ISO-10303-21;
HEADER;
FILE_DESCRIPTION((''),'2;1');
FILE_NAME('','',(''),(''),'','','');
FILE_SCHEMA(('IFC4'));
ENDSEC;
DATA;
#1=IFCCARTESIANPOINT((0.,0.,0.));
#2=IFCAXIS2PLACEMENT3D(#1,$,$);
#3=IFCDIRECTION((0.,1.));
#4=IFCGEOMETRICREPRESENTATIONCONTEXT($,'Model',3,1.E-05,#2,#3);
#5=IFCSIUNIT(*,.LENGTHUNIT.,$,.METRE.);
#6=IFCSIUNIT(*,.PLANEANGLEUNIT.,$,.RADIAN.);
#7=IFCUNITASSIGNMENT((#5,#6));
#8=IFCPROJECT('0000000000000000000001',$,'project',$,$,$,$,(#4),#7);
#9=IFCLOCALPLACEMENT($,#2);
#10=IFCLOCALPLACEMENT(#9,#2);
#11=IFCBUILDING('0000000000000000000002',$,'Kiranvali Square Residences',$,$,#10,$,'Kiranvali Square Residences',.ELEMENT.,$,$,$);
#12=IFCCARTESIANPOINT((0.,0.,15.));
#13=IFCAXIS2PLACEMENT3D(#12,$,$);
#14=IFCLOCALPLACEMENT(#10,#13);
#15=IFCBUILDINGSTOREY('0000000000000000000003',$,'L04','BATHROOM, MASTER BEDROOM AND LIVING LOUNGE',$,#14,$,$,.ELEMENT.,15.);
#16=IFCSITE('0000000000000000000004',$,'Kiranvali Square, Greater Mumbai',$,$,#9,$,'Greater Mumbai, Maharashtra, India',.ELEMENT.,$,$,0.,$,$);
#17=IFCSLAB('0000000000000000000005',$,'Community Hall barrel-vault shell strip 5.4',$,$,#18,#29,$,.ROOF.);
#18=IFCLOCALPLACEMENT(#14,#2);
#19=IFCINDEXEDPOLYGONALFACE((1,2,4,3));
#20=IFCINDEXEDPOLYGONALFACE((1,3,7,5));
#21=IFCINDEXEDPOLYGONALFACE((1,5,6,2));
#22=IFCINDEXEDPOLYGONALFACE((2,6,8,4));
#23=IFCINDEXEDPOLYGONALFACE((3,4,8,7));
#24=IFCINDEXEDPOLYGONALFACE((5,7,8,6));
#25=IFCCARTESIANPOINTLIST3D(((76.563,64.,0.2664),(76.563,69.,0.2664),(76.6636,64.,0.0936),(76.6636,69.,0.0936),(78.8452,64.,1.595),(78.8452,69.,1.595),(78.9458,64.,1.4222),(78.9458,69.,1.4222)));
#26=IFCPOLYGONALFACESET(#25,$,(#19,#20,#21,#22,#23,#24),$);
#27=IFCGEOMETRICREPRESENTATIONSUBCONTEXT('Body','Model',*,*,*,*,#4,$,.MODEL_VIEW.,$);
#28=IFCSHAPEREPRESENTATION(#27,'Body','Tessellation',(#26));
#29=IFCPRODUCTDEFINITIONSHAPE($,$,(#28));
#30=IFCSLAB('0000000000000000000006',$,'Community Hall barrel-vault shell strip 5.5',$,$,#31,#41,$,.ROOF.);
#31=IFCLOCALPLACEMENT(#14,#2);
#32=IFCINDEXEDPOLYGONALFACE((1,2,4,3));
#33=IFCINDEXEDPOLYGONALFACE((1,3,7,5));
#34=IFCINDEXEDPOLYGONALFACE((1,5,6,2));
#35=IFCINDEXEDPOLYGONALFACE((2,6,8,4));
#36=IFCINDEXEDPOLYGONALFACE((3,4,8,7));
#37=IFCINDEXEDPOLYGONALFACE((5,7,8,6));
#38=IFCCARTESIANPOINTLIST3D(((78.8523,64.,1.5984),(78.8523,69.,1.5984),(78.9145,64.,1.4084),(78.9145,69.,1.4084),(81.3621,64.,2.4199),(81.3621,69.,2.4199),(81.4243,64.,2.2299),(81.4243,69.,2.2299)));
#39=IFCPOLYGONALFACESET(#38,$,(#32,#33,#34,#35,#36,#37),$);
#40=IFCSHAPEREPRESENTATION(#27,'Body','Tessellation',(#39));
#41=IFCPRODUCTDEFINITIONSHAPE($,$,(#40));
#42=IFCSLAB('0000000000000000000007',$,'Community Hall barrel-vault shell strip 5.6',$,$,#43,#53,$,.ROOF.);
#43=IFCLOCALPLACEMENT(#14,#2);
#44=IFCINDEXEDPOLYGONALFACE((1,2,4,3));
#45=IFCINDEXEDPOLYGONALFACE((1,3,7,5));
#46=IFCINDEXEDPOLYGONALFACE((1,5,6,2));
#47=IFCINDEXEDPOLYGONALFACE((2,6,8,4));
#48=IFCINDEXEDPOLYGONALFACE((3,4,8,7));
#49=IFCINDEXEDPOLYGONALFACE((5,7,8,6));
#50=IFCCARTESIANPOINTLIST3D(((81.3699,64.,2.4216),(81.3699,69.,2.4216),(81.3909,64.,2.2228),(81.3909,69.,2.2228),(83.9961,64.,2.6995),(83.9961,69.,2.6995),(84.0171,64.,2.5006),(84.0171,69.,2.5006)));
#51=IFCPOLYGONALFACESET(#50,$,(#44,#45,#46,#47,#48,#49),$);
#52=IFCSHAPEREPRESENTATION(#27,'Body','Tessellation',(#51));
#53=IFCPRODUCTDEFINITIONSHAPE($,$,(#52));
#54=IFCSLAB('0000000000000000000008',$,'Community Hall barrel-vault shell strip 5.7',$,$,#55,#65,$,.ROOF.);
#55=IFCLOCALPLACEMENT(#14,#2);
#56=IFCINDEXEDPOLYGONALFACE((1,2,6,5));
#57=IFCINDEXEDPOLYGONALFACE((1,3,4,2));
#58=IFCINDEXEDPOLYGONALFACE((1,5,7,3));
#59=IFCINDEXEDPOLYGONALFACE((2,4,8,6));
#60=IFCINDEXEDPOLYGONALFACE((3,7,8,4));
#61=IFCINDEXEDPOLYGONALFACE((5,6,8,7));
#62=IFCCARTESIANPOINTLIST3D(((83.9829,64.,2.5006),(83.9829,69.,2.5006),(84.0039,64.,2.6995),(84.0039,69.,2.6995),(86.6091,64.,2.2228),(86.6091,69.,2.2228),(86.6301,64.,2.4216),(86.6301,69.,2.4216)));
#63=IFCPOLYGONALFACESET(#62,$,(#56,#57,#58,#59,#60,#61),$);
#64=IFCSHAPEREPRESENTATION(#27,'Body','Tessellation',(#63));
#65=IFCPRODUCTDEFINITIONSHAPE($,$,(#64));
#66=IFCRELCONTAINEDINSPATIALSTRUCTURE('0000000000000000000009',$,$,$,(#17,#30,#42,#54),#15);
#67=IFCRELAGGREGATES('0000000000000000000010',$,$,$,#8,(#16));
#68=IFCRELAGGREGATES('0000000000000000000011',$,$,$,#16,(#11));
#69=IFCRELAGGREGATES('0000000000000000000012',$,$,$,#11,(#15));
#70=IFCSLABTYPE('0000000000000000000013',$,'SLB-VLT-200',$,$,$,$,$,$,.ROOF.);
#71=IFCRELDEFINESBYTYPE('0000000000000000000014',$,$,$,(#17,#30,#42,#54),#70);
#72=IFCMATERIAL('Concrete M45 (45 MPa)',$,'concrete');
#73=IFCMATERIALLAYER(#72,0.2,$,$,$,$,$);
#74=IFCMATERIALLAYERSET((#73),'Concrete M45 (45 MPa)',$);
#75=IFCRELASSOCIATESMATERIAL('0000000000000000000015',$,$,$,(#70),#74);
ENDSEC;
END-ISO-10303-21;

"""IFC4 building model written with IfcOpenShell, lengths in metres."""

from ifc_helpers import new_model, si_unit, direction, frame, origin, place, context, subcontext, project, spatial, polyline, outline, extrude, material, layer, layer_set, type_object, element, save


model = new_model("IFC4")

# Units and contexts
model_context = context("Model", 3, precision=1e-05, world=origin(), true_north=direction((0.0, 1.0)))
body_context = subcontext(model_context, "Body", "Model", "MODEL_VIEW")
ifc_project = project(units=[si_unit("LENGTHUNIT", "METRE"), si_unit("PLANEANGLEUNIT", "RADIAN")], contexts=[model_context])

# Site, building, storey
site_placement = place(None, origin())
site = spatial("IfcSite", under=ifc_project, at=site_placement, Name="Kiranvali Square, Greater Mumbai", LongName="Greater Mumbai, Maharashtra, India", CompositionType="ELEMENT", RefElevation=0.0)
building_placement = place(site_placement, origin())
building = spatial("IfcBuilding", under=site, at=building_placement, Name="Kiranvali Square Residences", LongName="Kiranvali Square Residences", CompositionType="ELEMENT")
storey_placement = place(building_placement, frame((0.0, 0.0, 15.0)))
storey = spatial("IfcBuildingStorey", under=building, at=storey_placement, Name="L04", Description="BATHROOM, MASTER BEDROOM AND LIVING LOUNGE", CompositionType="ELEMENT", Elevation=15.0)

# Slabs
ifc_material = material(Name="Concrete M45 (45 MPa)", Category="concrete")
ifc_layer = layer(ifc_material, 0.2)
ifc_layer_set = layer_set([ifc_layer], Name="Concrete M45 (45 MPa)")
slab_type = type_object("IfcSlabType", Name="SLB-VLT-200", PredefinedType="ROOF", material=ifc_layer_set)
slab_1_placement = place(storey_placement, frame((76.563, 64.0, 0.2664), z_axis=(-0.503112, 0.0, 0.864221), x_axis=(0.864221, 0.0, 0.503112)))
element("IfcSlab", 1, at=slab_1_placement, inside=storey, type_object=slab_type, Name="Community Hall barrel-vault shell strip 5.4", PredefinedType="ROOF", context=body_context, shape_type="SweptSolid", body=[
    extrude(outline(polyline([(0.0, 0.0), (2.6408, 0.0), (2.6408, 5.0), (0.0, 5.0), (0.0, 0.0)])), origin(), (0.0, 0.0, -1.0), 0.2),
])
slab_2_placement = place(storey_placement, frame((78.8523, 64.0, 1.5984), z_axis=(-0.311092, 0.0, 0.95038), x_axis=(0.95038, 0.0, 0.311092)))
element("IfcSlab", 2, at=slab_2_placement, inside=storey, type_object=slab_type, Name="Community Hall barrel-vault shell strip 5.5", PredefinedType="ROOF", context=body_context, shape_type="SweptSolid", body=[
    extrude(outline(polyline([(0.0, 0.0), (2.6408, 0.0), (2.6408, 5.0), (0.0, 5.0), (0.0, 0.0)])), origin(), (0.0, 0.0, -1.0), 0.2),
])
for number, where, z_axis, x_axis, name in (
    (3, (81.3699, 64.0, 2.4216), (-0.105204, 0.0, 0.994451), (0.994451, 0.0, 0.105204), "Community Hall barrel-vault shell strip 5.6"),
    (4, (84.0039, 64.0, 2.6995), (0.105204, 0.0, 0.994451), (0.994451, 0.0, -0.105204), "Community Hall barrel-vault shell strip 5.7"),
):
    element("IfcSlab", number, at=place(storey_placement, frame(where, z_axis=z_axis, x_axis=x_axis)), inside=storey, type_object=slab_type, Name=name, PredefinedType="ROOF", context=body_context, shape_type="SweptSolid", body=[
        extrude(outline(polyline([(0.0, 0.0), (2.6409, 0.0), (2.6409, 5.0), (0.0, 5.0), (0.0, 0.0)])), origin(), (0.0, 0.0, -1.0), 0.2),
    ])

save(model, "model.ifc")
